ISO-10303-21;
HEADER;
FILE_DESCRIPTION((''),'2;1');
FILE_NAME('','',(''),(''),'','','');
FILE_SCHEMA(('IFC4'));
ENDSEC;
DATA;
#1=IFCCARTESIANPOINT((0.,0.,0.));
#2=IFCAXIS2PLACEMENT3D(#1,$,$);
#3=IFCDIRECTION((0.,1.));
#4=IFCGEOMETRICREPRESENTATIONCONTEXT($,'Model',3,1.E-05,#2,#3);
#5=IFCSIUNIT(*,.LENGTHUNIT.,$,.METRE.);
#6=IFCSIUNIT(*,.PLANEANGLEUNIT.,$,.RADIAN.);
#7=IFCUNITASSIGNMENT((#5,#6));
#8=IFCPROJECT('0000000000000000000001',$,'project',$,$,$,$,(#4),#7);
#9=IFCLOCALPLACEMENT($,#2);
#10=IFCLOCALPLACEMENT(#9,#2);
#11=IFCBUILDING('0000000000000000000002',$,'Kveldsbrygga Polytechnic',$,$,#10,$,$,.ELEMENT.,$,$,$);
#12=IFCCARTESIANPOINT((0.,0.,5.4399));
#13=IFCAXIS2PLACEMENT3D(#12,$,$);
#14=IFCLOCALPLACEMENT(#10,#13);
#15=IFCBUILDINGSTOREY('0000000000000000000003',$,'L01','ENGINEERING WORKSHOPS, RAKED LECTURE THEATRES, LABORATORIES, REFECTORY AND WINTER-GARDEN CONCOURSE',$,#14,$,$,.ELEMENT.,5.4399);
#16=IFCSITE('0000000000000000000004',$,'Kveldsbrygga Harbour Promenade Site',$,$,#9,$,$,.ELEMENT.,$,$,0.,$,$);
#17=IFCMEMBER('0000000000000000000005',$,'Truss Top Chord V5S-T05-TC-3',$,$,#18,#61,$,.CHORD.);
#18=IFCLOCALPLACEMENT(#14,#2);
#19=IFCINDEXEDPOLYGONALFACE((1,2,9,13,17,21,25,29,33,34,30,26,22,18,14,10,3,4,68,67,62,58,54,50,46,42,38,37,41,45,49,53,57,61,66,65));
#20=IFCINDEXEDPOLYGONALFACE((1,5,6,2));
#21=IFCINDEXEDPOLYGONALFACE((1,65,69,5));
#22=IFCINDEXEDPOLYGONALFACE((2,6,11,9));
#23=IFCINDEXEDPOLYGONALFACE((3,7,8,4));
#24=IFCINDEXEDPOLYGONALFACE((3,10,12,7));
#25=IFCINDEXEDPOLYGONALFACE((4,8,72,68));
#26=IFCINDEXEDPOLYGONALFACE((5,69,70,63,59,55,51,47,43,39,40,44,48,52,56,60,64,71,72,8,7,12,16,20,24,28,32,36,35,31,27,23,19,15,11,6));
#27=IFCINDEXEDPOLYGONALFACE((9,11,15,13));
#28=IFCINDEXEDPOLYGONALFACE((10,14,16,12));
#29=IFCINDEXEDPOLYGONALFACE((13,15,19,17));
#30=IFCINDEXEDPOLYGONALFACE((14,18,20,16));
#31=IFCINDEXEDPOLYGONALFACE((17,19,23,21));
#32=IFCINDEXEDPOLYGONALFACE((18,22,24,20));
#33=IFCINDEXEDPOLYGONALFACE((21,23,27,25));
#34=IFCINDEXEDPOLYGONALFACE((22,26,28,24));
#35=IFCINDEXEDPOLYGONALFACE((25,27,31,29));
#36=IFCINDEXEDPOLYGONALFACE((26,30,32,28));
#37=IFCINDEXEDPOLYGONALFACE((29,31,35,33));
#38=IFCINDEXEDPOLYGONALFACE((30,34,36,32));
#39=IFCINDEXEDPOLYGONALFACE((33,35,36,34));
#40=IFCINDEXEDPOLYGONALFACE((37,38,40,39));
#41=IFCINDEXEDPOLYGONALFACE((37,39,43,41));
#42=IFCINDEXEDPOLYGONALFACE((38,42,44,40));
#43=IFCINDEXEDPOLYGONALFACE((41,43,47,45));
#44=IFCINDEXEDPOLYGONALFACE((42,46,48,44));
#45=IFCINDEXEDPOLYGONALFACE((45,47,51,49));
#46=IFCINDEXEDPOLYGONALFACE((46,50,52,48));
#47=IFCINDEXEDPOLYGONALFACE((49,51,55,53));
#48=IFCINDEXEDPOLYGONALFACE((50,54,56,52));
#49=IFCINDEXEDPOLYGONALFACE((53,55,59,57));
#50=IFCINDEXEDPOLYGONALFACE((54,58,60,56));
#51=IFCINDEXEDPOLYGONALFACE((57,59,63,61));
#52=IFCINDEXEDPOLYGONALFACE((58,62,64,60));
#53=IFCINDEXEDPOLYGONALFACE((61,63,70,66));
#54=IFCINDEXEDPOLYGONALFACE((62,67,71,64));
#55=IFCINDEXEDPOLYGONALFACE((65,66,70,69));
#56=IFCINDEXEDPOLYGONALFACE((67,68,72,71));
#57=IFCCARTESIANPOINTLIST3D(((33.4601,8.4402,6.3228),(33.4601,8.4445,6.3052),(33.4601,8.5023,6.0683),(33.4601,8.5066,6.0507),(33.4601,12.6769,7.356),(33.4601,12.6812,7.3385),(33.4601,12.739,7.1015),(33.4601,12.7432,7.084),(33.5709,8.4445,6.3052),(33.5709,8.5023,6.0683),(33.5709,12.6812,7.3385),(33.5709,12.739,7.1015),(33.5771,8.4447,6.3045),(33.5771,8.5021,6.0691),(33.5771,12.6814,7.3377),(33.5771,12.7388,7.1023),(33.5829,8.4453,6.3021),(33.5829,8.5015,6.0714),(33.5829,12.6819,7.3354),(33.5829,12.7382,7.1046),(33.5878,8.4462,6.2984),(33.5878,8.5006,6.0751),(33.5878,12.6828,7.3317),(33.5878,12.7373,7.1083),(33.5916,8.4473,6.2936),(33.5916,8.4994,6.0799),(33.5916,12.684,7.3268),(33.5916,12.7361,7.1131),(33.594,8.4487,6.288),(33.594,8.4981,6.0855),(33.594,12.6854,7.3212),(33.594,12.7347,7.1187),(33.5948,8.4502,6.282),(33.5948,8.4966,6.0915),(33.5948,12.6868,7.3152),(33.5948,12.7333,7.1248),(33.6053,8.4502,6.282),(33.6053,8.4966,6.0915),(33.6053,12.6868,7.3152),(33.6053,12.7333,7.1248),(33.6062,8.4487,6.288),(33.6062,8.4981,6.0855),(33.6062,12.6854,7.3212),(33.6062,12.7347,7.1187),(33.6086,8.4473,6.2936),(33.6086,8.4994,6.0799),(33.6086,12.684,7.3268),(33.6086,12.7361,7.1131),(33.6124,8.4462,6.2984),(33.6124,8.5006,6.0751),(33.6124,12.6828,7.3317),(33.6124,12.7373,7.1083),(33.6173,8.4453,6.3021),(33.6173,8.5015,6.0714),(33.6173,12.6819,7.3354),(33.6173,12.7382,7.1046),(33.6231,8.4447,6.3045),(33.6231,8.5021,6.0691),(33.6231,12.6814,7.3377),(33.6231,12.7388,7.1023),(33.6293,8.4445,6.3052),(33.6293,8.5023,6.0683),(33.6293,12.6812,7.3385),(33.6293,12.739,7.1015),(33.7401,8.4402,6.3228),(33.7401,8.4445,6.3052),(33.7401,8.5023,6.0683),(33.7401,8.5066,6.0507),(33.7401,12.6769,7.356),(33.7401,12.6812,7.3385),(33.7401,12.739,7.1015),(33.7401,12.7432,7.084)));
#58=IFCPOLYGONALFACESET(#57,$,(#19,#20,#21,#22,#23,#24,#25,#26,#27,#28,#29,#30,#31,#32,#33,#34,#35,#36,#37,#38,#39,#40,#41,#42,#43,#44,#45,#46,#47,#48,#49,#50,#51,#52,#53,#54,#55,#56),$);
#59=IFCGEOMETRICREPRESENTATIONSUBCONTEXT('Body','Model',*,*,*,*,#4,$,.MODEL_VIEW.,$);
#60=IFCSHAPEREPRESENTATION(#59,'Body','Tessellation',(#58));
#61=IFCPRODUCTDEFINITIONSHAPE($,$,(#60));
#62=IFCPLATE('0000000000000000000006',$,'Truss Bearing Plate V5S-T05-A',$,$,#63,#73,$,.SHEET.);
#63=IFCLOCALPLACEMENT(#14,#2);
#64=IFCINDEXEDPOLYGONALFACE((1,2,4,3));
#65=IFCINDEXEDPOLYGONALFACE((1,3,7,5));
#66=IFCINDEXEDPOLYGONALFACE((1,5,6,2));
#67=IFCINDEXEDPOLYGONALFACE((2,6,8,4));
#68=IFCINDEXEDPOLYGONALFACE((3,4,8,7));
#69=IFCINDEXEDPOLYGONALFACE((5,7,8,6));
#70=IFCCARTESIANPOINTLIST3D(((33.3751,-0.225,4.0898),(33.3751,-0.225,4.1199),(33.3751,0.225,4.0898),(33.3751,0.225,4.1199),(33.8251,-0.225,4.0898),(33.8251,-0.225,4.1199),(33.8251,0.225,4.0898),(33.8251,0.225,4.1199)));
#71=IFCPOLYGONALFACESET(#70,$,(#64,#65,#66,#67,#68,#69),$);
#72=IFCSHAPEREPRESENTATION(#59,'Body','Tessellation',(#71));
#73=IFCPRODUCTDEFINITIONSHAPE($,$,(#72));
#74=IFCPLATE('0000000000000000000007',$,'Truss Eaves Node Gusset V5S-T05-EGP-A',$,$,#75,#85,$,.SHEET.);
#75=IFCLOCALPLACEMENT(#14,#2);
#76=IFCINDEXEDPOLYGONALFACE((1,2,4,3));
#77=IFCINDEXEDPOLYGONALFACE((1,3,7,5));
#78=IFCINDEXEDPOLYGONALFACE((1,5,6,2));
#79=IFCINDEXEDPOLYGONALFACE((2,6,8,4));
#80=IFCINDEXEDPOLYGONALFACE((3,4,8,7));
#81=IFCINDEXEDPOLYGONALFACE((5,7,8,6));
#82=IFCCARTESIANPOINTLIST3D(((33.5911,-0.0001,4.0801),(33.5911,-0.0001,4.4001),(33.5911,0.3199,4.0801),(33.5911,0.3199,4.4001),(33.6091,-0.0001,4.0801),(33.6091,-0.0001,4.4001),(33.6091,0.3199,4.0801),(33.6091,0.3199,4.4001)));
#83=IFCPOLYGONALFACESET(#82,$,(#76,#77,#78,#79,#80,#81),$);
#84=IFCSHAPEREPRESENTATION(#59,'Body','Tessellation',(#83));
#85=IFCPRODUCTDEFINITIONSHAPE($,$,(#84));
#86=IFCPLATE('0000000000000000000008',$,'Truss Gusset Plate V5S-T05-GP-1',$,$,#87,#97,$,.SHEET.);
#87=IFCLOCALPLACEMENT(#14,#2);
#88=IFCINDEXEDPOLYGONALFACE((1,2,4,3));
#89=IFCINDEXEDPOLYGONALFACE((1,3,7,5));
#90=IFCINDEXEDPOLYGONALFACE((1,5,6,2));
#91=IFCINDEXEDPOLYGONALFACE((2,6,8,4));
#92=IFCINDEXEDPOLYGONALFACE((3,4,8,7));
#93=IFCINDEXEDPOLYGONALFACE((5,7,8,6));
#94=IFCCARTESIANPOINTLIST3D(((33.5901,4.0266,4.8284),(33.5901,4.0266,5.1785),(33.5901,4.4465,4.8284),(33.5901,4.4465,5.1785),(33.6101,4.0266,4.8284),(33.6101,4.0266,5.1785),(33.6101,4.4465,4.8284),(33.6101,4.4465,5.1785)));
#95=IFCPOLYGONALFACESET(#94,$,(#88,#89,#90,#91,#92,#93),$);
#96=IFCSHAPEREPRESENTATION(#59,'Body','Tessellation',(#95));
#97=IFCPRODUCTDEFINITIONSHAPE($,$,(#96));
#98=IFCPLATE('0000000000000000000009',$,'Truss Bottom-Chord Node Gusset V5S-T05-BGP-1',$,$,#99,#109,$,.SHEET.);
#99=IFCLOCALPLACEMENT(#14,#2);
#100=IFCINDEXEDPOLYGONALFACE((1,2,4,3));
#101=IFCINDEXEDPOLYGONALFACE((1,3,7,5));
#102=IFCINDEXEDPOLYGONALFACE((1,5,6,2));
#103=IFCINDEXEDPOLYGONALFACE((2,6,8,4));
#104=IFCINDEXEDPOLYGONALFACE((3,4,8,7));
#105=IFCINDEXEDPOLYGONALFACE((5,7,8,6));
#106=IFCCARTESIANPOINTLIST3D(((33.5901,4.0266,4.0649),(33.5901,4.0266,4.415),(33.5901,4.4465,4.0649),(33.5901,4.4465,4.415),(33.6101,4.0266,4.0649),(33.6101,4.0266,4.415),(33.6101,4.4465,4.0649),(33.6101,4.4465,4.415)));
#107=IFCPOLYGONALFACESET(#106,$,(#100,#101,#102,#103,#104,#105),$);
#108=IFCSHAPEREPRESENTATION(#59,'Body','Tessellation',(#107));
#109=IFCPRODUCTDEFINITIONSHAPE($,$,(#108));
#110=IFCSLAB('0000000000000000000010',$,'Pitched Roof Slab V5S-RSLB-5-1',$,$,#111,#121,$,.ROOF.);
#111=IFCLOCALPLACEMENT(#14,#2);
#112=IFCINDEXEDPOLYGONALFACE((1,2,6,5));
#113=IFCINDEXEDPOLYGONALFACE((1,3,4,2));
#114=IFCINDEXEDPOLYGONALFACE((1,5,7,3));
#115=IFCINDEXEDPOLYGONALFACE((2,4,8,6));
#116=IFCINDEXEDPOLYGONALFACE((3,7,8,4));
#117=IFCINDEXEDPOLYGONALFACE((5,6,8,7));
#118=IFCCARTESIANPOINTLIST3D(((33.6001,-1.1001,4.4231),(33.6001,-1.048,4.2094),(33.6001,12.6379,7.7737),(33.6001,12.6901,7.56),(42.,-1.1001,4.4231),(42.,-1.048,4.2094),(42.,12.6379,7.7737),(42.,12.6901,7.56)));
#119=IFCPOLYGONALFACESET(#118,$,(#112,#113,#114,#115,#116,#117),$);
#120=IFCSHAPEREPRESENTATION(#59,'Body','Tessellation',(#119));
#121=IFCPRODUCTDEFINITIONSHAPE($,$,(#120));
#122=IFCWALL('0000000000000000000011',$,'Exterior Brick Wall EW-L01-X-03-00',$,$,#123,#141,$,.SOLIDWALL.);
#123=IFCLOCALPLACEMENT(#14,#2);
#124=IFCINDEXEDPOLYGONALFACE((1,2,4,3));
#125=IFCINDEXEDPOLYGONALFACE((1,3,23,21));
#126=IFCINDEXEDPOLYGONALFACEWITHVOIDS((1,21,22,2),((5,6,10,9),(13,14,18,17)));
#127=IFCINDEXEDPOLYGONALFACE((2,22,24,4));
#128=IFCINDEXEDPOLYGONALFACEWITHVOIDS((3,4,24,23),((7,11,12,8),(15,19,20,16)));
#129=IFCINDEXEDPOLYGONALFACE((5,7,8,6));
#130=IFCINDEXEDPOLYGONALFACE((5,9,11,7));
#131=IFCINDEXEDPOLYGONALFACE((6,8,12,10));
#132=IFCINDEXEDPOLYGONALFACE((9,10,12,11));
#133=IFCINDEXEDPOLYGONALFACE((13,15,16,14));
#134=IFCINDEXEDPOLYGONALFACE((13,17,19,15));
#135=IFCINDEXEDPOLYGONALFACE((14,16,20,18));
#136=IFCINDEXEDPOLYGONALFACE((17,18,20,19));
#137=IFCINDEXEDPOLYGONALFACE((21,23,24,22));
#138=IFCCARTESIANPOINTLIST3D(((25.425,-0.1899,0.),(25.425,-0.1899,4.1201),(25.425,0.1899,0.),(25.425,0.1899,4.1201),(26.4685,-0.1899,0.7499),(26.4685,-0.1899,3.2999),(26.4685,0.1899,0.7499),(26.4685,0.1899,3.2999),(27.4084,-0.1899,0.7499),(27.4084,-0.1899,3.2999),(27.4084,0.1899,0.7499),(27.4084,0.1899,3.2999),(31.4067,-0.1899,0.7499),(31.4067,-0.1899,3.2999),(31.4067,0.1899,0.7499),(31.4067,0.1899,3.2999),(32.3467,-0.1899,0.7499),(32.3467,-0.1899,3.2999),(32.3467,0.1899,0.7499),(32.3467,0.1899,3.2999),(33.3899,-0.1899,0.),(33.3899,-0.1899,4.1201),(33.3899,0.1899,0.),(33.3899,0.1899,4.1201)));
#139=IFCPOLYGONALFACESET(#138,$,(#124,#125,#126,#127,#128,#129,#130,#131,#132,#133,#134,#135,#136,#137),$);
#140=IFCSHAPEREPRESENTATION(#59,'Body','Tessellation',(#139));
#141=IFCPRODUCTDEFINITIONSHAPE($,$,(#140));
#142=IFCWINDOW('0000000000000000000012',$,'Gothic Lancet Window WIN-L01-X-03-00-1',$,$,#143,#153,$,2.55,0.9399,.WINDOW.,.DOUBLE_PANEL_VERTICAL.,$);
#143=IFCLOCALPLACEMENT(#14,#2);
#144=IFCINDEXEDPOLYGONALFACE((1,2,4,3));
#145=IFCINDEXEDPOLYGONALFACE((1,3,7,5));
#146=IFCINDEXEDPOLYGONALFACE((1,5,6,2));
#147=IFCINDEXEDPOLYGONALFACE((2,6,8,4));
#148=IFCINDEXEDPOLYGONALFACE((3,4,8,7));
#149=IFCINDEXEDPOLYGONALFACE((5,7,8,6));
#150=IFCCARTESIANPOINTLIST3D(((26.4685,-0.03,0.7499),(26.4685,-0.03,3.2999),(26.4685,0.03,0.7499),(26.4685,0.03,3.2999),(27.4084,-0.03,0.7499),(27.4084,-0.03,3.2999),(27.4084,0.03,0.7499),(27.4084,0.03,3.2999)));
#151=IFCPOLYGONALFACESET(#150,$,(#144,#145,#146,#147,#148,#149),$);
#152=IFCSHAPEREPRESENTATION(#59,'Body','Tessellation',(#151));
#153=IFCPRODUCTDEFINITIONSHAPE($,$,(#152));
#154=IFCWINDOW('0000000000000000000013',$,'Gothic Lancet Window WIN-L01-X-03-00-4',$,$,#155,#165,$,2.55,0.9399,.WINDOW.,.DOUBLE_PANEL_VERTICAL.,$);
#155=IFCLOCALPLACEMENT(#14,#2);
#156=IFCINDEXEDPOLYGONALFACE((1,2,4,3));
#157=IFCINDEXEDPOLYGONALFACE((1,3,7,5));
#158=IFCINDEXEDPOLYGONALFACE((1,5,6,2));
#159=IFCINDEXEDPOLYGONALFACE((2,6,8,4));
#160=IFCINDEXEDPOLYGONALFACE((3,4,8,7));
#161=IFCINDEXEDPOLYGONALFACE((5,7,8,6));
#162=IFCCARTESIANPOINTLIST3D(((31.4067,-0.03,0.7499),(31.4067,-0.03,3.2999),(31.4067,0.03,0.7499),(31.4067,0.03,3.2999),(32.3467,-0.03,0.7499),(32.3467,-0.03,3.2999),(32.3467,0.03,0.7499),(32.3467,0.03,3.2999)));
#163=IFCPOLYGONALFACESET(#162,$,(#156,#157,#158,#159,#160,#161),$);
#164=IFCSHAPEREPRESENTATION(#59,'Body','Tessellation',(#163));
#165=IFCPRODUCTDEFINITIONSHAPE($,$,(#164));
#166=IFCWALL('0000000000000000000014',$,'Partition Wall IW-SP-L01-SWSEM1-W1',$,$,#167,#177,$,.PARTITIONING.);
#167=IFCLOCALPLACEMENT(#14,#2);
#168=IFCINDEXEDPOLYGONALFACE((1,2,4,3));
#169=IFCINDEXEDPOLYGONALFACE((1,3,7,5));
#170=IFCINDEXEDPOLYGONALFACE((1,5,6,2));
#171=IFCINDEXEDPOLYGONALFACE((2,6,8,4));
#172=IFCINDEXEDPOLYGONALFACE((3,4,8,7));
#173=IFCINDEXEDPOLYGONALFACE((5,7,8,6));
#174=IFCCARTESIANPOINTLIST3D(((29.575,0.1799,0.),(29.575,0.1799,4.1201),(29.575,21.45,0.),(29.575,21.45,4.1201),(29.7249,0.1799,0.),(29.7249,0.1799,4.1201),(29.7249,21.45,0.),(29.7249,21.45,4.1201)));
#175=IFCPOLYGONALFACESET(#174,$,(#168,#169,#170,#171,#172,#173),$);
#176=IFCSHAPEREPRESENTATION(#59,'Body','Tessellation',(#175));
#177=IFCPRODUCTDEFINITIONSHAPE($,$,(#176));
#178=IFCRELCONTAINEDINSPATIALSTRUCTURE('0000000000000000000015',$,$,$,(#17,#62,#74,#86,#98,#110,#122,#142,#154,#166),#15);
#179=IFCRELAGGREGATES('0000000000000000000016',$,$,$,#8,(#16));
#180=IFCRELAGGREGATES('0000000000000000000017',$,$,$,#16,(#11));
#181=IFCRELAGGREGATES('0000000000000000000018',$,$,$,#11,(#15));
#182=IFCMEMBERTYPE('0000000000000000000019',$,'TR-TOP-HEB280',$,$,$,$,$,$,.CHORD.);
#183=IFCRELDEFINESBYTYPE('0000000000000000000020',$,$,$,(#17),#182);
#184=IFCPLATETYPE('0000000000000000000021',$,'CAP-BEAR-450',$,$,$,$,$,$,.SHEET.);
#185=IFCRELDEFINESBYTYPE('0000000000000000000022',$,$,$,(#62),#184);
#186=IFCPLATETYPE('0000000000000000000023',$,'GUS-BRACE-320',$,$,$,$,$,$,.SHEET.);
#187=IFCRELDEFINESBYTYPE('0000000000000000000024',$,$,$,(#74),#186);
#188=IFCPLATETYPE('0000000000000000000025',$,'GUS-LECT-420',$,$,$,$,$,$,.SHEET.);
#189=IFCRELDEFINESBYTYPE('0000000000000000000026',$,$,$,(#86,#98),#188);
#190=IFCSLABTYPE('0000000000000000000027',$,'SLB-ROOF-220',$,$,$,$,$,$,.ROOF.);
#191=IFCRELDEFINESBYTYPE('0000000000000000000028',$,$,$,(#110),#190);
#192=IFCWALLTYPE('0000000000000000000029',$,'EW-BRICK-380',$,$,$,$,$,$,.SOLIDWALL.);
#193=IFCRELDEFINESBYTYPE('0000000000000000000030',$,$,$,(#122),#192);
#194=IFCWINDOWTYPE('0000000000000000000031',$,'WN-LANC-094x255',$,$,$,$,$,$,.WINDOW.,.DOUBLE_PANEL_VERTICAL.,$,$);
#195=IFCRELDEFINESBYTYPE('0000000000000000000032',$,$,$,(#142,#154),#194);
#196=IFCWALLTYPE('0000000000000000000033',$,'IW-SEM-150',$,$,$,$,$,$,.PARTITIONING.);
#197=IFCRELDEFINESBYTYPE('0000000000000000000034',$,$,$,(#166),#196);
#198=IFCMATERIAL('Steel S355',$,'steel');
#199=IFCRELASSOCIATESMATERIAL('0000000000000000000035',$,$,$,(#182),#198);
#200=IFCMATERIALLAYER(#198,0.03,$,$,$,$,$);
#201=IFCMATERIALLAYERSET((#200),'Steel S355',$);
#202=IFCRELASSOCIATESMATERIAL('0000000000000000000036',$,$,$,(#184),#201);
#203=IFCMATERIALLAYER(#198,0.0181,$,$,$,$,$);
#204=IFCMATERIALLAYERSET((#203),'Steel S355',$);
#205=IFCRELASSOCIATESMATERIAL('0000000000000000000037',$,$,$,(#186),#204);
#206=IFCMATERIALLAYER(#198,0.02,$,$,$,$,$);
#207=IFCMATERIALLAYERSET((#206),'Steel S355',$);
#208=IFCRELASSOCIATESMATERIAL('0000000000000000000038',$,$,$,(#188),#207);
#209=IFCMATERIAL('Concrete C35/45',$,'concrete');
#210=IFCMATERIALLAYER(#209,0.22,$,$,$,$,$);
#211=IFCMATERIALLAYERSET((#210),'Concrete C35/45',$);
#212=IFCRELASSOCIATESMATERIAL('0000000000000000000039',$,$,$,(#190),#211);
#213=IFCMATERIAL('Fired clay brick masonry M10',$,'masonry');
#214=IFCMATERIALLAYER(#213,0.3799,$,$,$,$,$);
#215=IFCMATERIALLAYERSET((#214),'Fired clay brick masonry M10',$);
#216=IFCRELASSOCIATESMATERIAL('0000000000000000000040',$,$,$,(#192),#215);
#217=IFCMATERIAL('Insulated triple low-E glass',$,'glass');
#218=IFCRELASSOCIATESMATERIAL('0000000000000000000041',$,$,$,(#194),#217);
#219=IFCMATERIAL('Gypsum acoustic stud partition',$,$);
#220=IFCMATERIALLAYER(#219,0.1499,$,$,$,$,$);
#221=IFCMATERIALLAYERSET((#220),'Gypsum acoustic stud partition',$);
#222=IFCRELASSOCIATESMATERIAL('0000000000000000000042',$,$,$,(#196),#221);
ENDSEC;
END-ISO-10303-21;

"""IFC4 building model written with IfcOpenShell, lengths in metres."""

from ifc_helpers import new_model, si_unit, direction, frame, frame_2d, origin, origin_2d, place, context, subcontext, project, spatial, polyline, rectangle, i_section, outline, extrude, material, layer, layer_set, material_profile, profile_set, type_object, element, fill, save


model = new_model("IFC4")

# Units and contexts
model_context = context("Model", 3, precision=1e-05, world=origin(), true_north=direction((0.0, 1.0)))
body_context = subcontext(model_context, "Body", "Model", "MODEL_VIEW")
ifc_project = project(units=[si_unit("LENGTHUNIT", "METRE"), si_unit("PLANEANGLEUNIT", "RADIAN")], contexts=[model_context])

# Site, building, storey
site_placement = place(None, origin())
site = spatial("IfcSite", under=ifc_project, at=site_placement, Name="Kveldsbrygga Harbour Promenade Site", CompositionType="ELEMENT", RefElevation=0.0)
building_placement = place(site_placement, origin())
building = spatial("IfcBuilding", under=site, at=building_placement, Name="Kveldsbrygga Polytechnic", CompositionType="ELEMENT")
storey_placement = place(building_placement, frame((0.0, 0.0, 5.4399)))
storey = spatial("IfcBuildingStorey", under=building, at=storey_placement, Name="L01", Description="ENGINEERING WORKSHOPS, RAKED LECTURE THEATRES, LABORATORIES, REFECTORY AND WINTER-GARDEN CONCOURSE", CompositionType="ELEMENT", Elevation=5.4399)

# Member
ifc_material_1 = material(Name="Steel S355", Category="steel")
ifc_material_profile_1 = material_profile(ifc_material_1, i_section(OverallWidth=0.28, OverallDepth=0.28, WebThickness=0.0105, FlangeThickness=0.0181, FilletRadius=0.0239, at=origin_2d()), Name="HEB 280")
ifc_profile_set_1 = profile_set([ifc_material_profile_1], Name="Steel S355")
member_type_1 = type_object("IfcMemberType", Name="TR-TOP-HEB280", PredefinedType="CHORD", material=ifc_profile_set_1)
member_1_placement = place(storey_placement, frame((33.6001, 8.4734, 6.1868), z_axis=(0.0, 0.971526, 0.236933), x_axis=(-1.0, 0.0, 0.0)))
element("IfcMember", 1, at=member_1_placement, inside=storey, type_object=member_type_1, Name="Truss Top Chord V5S-T05-TC-3", PredefinedType="CHORD", context=body_context, shape_type="SweptSolid", body=[
    extrude(i_section(OverallWidth=0.28, OverallDepth=0.28, WebThickness=0.0105, FlangeThickness=0.0181, FilletRadius=0.0239, at=origin_2d()), origin(), (0.0, 0.0, 1.0), 4.3608),
])

# Plates
ifc_layer_1 = layer(ifc_material_1, 0.03)
ifc_layer_set_1 = layer_set([ifc_layer_1], Name="Steel S355")
plate_type_1 = type_object("IfcPlateType", Name="CAP-BEAR-450", PredefinedType="SHEET", material=ifc_layer_set_1)
plate_1_placement = place(storey_placement, frame((33.6001, 0.0, 4.0898), z_axis=(0.0, 0.0, 1.0), x_axis=(1.0, 0.0, 0.0)))
element("IfcPlate", 2, at=plate_1_placement, inside=storey, type_object=plate_type_1, Name="Truss Bearing Plate V5S-T05-A", PredefinedType="SHEET", context=body_context, shape_type="SweptSolid", body=[
    extrude(rectangle(XDim=0.45, YDim=0.45, at=origin_2d()), origin(), (0.0, 0.0, 1.0), 0.03),
])
ifc_layer_2 = layer(ifc_material_1, 0.0181)
ifc_layer_set_2 = layer_set([ifc_layer_2], Name="Steel S355")
plate_type_2 = type_object("IfcPlateType", Name="GUS-BRACE-320", PredefinedType="SHEET", material=ifc_layer_set_2)
plate_2_placement = place(storey_placement, frame((33.6001, 0.1599, 4.0801), z_axis=(0.0, 0.0, 1.0), x_axis=(1.0, 0.0, 0.0)))
element("IfcPlate", 3, at=plate_2_placement, inside=storey, type_object=plate_type_2, Name="Truss Eaves Node Gusset V5S-T05-EGP-A", PredefinedType="SHEET", context=body_context, shape_type="SweptSolid", body=[
    extrude(rectangle(XDim=0.0181, YDim=0.3201, at=origin_2d()), origin(), (0.0, 0.0, 1.0), 0.3201),
])
ifc_layer_3 = layer(ifc_material_1, 0.02)
ifc_layer_set_3 = layer_set([ifc_layer_3], Name="Steel S355")
plate_type_3 = type_object("IfcPlateType", Name="GUS-LECT-420", PredefinedType="SHEET", material=ifc_layer_set_3)
for number, where, z_axis, x_axis, name in (
    (4, (33.6001, 4.2366, 4.8284), (0.0, 0.0, 1.0), (1.0, 0.0, 0.0), "Truss Gusset Plate V5S-T05-GP-1"),
    (5, (33.6001, 4.2366, 4.0649), (0.0, 0.0, 1.0), (1.0, 0.0, 0.0), "Truss Bottom-Chord Node Gusset V5S-T05-BGP-1"),
):
    element("IfcPlate", number, at=place(storey_placement, frame(where, z_axis=z_axis, x_axis=x_axis)), inside=storey, type_object=plate_type_3, Name=name, PredefinedType="SHEET", context=body_context, shape_type="SweptSolid", body=[
        extrude(rectangle(XDim=0.02, YDim=0.4199, at=origin_2d()), origin(), (0.0, 0.0, 1.0), 0.3501),
    ])

# Slab
ifc_material_2 = material(Name="Concrete C35/45", Category="concrete")
ifc_layer_4 = layer(ifc_material_2, 0.22)
ifc_layer_set_4 = layer_set([ifc_layer_4], Name="Concrete C35/45")
slab_type = type_object("IfcSlabType", Name="SLB-ROOF-220", PredefinedType="ROOF", material=ifc_layer_set_4)
slab_placement = place(storey_placement, frame((33.6001, -1.1001, 4.4231), z_axis=(0.0, -0.236946, 0.971523), x_axis=(1.0, 0.0, 0.0)))
element("IfcSlab", 6, at=slab_placement, inside=storey, type_object=slab_type, Name="Pitched Roof Slab V5S-RSLB-5-1", PredefinedType="ROOF", context=body_context, shape_type="SweptSolid", body=[
    extrude(outline(polyline([(0.0, 0.0), (8.3999, 0.0), (8.3999, 14.1407), (0.0, 14.1407), (0.0, 0.0)])), origin(), (0.0, 0.0, -1.0), 0.22),
])

# Wall, openings, windows
ifc_material_3 = material(Name="Fired clay brick masonry M10", Category="masonry")
ifc_layer_5 = layer(ifc_material_3, 0.3799)
ifc_layer_set_5 = layer_set([ifc_layer_5], Name="Fired clay brick masonry M10")
wall_type_1 = type_object("IfcWallType", Name="EW-BRICK-380", PredefinedType="SOLIDWALL", material=ifc_layer_set_5)
wall_1_placement = place(storey_placement, frame((25.425, 0.0, 0.0), z_axis=(0.0, 0.0, 1.0), x_axis=(1.0, 0.0, 0.0)))
wall_1 = element("IfcWall", 7, at=wall_1_placement, inside=storey, type_object=wall_type_1, Name="Exterior Brick Wall EW-L01-X-03-00", PredefinedType="SOLIDWALL", context=body_context, shape_type="SweptSolid", body=[
    extrude(rectangle(XDim=7.9648, YDim=0.3799, at=frame_2d((3.9824, 0.0))), origin(), (0.0, 0.0, 1.0), 4.1201),
])
opening_1_placement = place(wall_1_placement, frame((1.0435, 0.0, 0.75)))
opening_1 = element("IfcOpeningElement", 8, at=opening_1_placement, cuts=wall_1, PredefinedType="OPENING", context=body_context, shape_type="SweptSolid", body=[
    extrude(rectangle(XDim=0.9399, YDim=2.55, at=frame_2d((0.47, 1.2749))), frame((0.0, 0.2, 0.0), z_axis=(0.0, -1.0, 0.0), x_axis=(1.0, 0.0, 0.0)), (0.0, 0.0, 1.0), 0.3999),
])
opening_2_placement = place(wall_1_placement, frame((5.9817, 0.0, 0.75)))
opening_2 = element("IfcOpeningElement", 9, at=opening_2_placement, cuts=wall_1, PredefinedType="OPENING", context=body_context, shape_type="SweptSolid", body=[
    extrude(rectangle(XDim=0.9399, YDim=2.55, at=frame_2d((0.47, 1.2749))), frame((0.0, 0.2, 0.0), z_axis=(0.0, -1.0, 0.0), x_axis=(1.0, 0.0, 0.0)), (0.0, 0.0, 1.0), 0.3999),
])
ifc_material_4 = material(Name="Insulated triple low-E glass", Category="glass")
window_type = type_object("IfcWindowType", Name="WN-LANC-094x255", PartitioningType="DOUBLE_PANEL_VERTICAL", PredefinedType="WINDOW", material=ifc_material_4)
window_1_placement = place(opening_1_placement, origin())
window_1 = element("IfcWindow", 10, at=window_1_placement, inside=storey, type_object=window_type, Name="Gothic Lancet Window WIN-L01-X-03-00-1", OverallHeight=2.55, OverallWidth=0.9399, PartitioningType="DOUBLE_PANEL_VERTICAL", PredefinedType="WINDOW", context=body_context, shape_type="SweptSolid", body=[
    extrude(rectangle(XDim=0.9399, YDim=2.55, at=frame_2d((0.47, 1.2749))), frame((0.0, 0.03, 0.0), z_axis=(0.0, -1.0, 0.0), x_axis=(1.0, 0.0, 0.0)), (0.0, 0.0, 1.0), 0.0601),
])
fill(opening_1, window_1)
window_2_placement = place(opening_2_placement, origin())
window_2 = element("IfcWindow", 11, at=window_2_placement, inside=storey, type_object=window_type, Name="Gothic Lancet Window WIN-L01-X-03-00-4", OverallHeight=2.55, OverallWidth=0.9399, PartitioningType="DOUBLE_PANEL_VERTICAL", PredefinedType="WINDOW", context=body_context, shape_type="SweptSolid", body=[
    extrude(rectangle(XDim=0.9399, YDim=2.55, at=frame_2d((0.47, 1.2749))), frame((0.0, 0.03, 0.0), z_axis=(0.0, -1.0, 0.0), x_axis=(1.0, 0.0, 0.0)), (0.0, 0.0, 1.0), 0.0601),
])
fill(opening_2, window_2)

# Wall
ifc_material_5 = material(Name="Gypsum acoustic stud partition")
ifc_layer_6 = layer(ifc_material_5, 0.1499)
ifc_layer_set_6 = layer_set([ifc_layer_6], Name="Gypsum acoustic stud partition")
wall_type_2 = type_object("IfcWallType", Name="IW-SEM-150", PredefinedType="PARTITIONING", material=ifc_layer_set_6)
wall_2_placement = place(storey_placement, frame((29.6499, 0.1799, 0.0), z_axis=(0.0, 0.0, 1.0), x_axis=(0.0, 1.0, 0.0)))
element("IfcWall", 12, at=wall_2_placement, inside=storey, type_object=wall_type_2, Name="Partition Wall IW-SP-L01-SWSEM1-W1", PredefinedType="PARTITIONING", context=body_context, shape_type="SweptSolid", body=[
    extrude(rectangle(XDim=21.27, YDim=0.1499, at=frame_2d((10.635, 0.0))), origin(), (0.0, 0.0, 1.0), 4.1201),
])

save(model, "model.ifc")
